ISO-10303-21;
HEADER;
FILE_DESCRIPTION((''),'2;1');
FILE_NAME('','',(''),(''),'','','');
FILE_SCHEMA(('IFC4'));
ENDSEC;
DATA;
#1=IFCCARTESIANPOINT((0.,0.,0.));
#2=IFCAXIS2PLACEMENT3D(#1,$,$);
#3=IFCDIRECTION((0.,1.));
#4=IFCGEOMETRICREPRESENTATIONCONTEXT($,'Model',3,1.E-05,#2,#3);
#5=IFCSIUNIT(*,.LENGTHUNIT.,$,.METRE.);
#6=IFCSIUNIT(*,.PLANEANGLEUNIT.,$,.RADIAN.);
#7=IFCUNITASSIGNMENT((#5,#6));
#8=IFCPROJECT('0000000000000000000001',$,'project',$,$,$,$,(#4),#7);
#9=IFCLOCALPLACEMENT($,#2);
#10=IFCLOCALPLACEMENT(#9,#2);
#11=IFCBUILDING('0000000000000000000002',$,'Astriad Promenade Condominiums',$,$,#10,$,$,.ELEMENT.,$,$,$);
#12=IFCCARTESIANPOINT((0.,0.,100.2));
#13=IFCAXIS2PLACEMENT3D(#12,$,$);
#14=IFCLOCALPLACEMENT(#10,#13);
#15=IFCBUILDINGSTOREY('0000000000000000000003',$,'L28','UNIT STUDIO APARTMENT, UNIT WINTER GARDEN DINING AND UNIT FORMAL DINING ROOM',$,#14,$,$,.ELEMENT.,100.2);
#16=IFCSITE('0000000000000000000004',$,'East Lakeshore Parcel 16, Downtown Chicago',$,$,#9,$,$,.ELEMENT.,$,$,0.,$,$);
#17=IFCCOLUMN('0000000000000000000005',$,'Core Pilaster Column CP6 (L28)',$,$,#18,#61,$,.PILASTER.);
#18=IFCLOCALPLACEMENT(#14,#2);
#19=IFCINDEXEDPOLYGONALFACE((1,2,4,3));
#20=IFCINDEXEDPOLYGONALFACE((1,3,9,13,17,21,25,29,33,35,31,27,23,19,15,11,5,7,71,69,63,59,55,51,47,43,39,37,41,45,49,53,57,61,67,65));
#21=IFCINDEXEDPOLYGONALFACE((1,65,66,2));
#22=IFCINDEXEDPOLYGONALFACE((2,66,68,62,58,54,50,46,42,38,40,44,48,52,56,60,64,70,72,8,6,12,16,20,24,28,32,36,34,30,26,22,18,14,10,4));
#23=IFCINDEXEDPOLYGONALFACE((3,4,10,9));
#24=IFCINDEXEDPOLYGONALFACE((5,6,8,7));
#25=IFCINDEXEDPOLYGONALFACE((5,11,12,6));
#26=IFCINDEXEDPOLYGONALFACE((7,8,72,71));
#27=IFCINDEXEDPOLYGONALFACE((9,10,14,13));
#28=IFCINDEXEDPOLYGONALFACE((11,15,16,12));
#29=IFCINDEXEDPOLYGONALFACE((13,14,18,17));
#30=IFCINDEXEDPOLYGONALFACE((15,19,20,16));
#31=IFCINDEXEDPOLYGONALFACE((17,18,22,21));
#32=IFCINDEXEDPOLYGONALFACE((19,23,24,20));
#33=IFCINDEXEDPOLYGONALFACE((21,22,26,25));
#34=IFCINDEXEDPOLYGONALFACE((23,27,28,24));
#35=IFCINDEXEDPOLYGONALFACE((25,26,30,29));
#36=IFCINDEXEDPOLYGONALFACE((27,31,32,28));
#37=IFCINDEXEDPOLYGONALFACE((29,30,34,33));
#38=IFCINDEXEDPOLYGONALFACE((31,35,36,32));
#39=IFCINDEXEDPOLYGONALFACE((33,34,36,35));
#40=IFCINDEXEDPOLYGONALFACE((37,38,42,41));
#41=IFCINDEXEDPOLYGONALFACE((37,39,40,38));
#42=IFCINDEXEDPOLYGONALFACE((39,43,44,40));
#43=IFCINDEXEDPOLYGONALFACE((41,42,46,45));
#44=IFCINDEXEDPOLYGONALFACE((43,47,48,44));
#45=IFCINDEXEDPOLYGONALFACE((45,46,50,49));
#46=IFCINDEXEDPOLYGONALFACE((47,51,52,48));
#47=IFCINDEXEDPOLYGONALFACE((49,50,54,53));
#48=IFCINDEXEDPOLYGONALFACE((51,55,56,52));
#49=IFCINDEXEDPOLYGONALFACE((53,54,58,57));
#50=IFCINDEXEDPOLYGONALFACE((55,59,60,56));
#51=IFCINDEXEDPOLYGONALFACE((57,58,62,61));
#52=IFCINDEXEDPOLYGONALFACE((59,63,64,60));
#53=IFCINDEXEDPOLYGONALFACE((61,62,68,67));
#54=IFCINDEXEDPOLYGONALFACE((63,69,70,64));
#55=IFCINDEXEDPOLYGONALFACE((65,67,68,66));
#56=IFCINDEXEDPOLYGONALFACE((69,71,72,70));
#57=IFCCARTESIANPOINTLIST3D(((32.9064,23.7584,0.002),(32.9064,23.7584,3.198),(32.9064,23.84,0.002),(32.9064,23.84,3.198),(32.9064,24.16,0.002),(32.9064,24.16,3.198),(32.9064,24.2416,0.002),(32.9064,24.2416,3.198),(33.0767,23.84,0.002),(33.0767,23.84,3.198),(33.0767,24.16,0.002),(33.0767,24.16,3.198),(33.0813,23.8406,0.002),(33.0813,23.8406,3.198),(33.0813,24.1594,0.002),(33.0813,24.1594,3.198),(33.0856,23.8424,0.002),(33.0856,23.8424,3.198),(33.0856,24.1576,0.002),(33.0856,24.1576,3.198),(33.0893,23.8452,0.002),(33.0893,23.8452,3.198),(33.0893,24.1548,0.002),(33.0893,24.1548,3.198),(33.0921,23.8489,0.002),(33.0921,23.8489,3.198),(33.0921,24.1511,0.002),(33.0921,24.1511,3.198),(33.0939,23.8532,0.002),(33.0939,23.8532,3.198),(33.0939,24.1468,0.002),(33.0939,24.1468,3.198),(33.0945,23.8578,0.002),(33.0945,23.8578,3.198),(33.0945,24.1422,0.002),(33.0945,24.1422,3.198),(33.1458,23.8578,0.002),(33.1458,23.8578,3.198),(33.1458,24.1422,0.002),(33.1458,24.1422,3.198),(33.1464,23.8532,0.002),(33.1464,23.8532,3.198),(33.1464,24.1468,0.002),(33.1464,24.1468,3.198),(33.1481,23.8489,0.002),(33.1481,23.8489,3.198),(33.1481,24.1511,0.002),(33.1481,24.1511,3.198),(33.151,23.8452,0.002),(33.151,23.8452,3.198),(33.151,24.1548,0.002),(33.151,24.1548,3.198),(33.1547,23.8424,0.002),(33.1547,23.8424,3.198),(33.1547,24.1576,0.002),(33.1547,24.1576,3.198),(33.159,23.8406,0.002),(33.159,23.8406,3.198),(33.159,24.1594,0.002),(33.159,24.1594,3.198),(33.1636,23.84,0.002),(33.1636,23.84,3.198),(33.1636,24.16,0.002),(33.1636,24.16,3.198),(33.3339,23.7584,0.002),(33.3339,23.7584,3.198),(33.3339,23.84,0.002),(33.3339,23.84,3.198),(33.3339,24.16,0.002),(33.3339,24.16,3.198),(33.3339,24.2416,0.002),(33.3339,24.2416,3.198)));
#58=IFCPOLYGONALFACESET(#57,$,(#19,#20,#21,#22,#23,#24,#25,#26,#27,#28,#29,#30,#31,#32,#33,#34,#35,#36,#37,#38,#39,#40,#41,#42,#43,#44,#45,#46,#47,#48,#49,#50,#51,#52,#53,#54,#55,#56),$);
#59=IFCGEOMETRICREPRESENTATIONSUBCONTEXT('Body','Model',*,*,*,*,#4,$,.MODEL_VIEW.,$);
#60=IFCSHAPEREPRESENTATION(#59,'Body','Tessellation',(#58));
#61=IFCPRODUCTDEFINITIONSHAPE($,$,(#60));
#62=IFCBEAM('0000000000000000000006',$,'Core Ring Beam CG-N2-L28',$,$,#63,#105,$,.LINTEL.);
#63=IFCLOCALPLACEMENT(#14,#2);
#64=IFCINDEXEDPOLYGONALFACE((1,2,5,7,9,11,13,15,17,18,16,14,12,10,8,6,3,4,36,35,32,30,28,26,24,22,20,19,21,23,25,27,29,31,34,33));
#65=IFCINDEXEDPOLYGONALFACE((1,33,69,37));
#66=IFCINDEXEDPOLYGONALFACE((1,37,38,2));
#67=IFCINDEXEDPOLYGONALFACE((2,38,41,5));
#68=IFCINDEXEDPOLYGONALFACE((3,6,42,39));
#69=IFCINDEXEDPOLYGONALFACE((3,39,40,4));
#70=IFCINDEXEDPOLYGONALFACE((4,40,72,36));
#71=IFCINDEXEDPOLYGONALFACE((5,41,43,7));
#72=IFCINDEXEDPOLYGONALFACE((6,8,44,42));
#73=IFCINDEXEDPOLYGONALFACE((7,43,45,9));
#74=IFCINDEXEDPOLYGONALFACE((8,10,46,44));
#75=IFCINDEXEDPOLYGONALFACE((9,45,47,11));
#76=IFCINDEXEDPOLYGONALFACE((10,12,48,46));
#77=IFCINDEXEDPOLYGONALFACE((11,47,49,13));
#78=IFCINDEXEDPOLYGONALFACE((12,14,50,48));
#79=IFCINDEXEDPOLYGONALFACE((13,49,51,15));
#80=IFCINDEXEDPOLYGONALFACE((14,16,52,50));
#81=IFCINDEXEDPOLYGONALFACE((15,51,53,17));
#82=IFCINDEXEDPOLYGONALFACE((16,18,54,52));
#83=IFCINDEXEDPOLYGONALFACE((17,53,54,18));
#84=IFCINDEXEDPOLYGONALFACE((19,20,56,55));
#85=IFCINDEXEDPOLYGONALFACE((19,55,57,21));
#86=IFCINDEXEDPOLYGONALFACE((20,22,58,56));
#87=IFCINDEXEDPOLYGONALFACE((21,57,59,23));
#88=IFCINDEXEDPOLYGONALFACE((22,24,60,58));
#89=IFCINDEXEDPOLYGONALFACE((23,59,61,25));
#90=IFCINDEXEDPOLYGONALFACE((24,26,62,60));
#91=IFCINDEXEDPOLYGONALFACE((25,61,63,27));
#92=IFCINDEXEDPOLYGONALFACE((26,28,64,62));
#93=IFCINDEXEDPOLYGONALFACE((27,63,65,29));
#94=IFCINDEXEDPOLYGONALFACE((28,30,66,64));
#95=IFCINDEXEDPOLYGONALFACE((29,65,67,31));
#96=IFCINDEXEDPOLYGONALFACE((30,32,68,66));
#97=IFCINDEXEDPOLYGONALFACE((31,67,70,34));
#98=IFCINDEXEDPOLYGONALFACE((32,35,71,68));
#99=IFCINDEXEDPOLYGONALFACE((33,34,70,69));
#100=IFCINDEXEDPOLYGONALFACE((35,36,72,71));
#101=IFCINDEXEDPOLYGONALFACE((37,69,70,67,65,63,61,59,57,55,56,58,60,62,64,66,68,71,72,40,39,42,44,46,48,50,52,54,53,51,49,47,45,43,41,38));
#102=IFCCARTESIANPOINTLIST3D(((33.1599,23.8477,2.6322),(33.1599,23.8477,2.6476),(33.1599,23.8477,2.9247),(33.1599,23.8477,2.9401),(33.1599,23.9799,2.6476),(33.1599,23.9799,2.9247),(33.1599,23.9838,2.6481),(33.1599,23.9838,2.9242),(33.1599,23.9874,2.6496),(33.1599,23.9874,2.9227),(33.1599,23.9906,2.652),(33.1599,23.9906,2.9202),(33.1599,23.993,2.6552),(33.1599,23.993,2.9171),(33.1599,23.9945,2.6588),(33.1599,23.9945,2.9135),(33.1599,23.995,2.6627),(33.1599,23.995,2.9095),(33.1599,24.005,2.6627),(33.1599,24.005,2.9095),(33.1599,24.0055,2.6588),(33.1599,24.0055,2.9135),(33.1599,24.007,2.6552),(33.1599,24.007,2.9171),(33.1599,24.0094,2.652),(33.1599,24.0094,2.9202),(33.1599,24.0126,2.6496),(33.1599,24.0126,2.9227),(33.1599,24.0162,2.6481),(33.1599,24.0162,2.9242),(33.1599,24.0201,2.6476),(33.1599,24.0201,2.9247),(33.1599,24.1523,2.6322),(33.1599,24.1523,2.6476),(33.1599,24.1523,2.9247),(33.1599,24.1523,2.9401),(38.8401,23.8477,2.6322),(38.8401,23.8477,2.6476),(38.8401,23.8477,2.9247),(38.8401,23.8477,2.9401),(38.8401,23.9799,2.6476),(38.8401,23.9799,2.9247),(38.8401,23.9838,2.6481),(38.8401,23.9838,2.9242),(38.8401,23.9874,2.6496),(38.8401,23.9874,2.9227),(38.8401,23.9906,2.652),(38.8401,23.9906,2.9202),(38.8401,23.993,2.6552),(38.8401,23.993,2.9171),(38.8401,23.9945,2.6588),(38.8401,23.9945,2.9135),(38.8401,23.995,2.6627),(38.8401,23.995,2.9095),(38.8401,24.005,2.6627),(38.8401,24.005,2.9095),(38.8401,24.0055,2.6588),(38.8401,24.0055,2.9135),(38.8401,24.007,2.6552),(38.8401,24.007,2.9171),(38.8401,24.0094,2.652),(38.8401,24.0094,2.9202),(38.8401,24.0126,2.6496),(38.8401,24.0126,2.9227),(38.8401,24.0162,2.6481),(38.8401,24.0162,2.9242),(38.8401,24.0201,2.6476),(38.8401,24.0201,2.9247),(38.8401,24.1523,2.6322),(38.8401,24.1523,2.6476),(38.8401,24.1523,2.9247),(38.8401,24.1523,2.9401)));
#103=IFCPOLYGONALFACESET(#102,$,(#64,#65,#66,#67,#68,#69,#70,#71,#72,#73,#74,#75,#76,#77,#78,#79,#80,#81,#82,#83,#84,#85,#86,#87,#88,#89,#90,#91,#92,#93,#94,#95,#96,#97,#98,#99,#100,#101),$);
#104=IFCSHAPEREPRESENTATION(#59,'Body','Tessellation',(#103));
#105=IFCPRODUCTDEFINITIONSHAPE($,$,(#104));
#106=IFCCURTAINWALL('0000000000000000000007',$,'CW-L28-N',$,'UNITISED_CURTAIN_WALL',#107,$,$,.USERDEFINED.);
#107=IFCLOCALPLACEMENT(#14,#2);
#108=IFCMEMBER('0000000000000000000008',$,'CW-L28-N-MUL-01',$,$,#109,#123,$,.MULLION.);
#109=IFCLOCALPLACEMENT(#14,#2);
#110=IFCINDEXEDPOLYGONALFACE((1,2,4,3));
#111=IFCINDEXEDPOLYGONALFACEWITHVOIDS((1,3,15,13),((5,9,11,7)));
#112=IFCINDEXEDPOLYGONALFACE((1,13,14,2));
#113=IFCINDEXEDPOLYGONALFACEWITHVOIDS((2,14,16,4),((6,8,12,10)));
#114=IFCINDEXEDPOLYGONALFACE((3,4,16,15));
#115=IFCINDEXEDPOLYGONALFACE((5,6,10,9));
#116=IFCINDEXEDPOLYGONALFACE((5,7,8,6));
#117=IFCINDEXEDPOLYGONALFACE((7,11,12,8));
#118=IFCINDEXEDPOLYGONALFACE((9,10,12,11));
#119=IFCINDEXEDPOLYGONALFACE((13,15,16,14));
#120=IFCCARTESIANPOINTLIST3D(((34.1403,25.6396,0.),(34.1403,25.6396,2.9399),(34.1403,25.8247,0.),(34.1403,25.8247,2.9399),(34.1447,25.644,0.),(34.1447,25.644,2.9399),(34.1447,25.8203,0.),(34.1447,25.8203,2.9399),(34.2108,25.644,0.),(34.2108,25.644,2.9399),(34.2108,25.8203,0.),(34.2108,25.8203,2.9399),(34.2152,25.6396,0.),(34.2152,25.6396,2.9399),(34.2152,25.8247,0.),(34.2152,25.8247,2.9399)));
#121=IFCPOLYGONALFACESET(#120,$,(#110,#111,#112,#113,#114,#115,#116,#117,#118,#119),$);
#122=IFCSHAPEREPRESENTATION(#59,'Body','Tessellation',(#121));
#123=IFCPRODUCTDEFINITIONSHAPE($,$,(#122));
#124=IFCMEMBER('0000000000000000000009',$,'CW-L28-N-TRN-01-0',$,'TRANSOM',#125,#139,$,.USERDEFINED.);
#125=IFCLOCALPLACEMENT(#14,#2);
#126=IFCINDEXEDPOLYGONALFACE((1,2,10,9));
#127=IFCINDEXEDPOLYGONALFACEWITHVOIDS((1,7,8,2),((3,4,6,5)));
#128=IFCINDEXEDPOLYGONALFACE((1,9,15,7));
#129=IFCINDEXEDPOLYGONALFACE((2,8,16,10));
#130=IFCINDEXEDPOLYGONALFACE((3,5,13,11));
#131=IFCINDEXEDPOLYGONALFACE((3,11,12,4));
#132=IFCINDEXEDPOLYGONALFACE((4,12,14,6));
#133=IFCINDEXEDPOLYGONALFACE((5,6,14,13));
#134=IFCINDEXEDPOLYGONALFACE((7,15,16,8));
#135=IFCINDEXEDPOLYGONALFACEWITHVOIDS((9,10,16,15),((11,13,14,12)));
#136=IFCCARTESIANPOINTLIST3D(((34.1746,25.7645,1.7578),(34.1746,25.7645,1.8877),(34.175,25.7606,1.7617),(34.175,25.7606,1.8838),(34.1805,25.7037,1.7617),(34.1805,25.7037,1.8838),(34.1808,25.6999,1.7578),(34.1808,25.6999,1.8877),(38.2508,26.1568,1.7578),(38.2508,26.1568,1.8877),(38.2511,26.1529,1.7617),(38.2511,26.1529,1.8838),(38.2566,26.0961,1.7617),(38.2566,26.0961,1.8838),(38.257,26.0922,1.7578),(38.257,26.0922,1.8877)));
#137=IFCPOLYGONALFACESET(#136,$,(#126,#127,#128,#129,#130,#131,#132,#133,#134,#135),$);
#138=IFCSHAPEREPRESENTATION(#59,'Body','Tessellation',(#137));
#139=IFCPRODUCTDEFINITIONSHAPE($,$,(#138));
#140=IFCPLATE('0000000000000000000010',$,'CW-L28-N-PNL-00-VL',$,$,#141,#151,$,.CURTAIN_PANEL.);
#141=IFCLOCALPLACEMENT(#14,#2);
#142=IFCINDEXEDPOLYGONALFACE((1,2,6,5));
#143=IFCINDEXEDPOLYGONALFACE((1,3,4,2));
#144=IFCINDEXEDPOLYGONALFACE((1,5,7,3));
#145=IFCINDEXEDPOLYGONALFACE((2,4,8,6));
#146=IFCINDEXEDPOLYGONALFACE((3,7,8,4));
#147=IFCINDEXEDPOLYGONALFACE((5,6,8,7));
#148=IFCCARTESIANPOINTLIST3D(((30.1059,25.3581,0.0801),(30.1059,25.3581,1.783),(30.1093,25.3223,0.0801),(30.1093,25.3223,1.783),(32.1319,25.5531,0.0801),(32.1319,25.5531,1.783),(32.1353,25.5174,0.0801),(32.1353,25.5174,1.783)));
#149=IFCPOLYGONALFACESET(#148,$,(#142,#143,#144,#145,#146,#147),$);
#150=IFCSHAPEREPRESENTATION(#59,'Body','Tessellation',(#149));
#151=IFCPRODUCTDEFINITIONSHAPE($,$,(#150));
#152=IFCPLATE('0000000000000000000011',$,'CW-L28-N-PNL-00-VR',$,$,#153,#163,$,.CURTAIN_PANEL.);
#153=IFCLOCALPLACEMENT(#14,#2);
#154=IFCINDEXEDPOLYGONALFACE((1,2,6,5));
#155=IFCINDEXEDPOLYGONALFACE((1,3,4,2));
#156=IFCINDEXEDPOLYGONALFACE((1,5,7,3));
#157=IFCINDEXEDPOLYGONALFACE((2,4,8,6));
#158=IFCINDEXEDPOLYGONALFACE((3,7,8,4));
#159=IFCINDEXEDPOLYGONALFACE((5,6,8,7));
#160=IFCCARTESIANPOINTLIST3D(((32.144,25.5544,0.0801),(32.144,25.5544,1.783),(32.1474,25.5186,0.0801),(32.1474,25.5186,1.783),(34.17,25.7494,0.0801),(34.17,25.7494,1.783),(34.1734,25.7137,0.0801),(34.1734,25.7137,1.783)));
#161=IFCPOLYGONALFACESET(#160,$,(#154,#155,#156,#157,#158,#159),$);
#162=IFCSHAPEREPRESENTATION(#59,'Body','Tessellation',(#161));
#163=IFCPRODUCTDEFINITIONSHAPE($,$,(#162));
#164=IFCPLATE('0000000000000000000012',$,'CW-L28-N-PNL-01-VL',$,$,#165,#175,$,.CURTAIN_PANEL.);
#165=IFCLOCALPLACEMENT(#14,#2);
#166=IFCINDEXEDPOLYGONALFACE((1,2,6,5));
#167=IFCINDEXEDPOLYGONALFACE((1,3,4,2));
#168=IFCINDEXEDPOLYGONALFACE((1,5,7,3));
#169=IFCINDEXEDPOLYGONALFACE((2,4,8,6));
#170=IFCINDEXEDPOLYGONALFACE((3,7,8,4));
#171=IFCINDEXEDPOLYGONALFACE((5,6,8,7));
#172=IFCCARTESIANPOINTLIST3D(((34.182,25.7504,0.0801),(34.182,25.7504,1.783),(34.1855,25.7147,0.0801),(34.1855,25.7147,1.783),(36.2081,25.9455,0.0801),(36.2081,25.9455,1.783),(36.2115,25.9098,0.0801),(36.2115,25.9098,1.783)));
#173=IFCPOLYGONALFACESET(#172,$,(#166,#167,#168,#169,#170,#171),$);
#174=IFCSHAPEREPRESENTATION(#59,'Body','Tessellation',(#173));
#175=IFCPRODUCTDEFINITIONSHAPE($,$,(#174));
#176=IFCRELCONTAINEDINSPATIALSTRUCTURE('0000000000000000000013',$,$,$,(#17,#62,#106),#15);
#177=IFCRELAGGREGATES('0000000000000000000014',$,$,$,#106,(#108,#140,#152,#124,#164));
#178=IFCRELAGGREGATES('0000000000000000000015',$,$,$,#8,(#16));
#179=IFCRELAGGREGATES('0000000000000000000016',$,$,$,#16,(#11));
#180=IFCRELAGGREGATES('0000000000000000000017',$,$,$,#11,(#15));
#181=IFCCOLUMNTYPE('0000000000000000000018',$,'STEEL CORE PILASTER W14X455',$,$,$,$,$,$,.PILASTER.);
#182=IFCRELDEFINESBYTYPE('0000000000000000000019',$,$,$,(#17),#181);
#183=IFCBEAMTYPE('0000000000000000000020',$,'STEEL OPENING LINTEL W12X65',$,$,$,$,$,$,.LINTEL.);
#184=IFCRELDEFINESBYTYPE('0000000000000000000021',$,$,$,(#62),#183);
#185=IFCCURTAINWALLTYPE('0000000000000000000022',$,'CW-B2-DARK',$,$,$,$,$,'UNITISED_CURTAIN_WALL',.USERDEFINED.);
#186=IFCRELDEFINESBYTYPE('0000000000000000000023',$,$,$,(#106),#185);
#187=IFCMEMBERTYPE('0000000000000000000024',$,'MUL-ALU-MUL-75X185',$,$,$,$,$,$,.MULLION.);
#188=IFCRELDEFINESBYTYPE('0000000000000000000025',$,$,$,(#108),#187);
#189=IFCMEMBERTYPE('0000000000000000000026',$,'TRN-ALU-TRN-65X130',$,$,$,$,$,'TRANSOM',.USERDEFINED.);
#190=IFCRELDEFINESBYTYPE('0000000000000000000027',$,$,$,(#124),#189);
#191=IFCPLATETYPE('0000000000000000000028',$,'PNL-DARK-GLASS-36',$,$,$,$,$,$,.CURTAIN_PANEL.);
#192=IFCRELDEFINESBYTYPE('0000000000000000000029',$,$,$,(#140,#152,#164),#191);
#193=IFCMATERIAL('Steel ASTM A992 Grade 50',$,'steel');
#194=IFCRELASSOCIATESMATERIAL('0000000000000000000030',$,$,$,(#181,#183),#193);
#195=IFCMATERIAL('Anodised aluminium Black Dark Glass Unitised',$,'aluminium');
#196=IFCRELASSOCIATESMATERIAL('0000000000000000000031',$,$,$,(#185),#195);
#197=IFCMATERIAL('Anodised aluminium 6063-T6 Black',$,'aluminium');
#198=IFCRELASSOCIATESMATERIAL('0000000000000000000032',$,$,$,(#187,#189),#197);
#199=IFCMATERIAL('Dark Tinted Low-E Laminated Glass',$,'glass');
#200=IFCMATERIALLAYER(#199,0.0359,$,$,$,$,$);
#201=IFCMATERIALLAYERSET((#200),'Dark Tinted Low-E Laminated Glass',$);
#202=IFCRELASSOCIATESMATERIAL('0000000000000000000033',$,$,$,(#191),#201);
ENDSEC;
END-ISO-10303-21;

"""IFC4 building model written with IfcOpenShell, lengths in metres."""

from ifc_helpers import new_model, si_unit, direction, frame, origin, origin_2d, place, context, subcontext, project, spatial, rectangle, hollow_rectangle, i_section, extrude, source, transform, mapped, material, layer, layer_set, material_profile, profile_set, type_object, type_shapes, element, aggregate, save


model = new_model("IFC4")

# Units and contexts
model_context = context("Model", 3, precision=1e-05, world=origin(), true_north=direction((0.0, 1.0)))
body_context = subcontext(model_context, "Body", "Model", "MODEL_VIEW")
ifc_project = project(units=[si_unit("LENGTHUNIT", "METRE"), si_unit("PLANEANGLEUNIT", "RADIAN")], contexts=[model_context])

# Site, building, storey
site_placement = place(None, origin())
site = spatial("IfcSite", under=ifc_project, at=site_placement, Name="East Lakeshore Parcel 16, Downtown Chicago", CompositionType="ELEMENT", RefElevation=0.0)
building_placement = place(site_placement, origin())
building = spatial("IfcBuilding", under=site, at=building_placement, Name="Astriad Promenade Condominiums", CompositionType="ELEMENT")
storey_placement = place(building_placement, frame((0.0, 0.0, 100.2)))
storey = spatial("IfcBuildingStorey", under=building, at=storey_placement, Name="L28", Description="UNIT STUDIO APARTMENT, UNIT WINTER GARDEN DINING AND UNIT FORMAL DINING ROOM", CompositionType="ELEMENT", Elevation=100.2)

# Column
ifc_material_1 = material(Name="Steel ASTM A992 Grade 50", Category="steel")
ifc_material_profile_1 = material_profile(ifc_material_1, i_section(OverallWidth=0.4275, OverallDepth=0.4832, WebThickness=0.0513, FlangeThickness=0.0815, FilletRadius=0.0178, at=origin_2d()), Name="W14X455")
ifc_profile_set_1 = profile_set([ifc_material_profile_1], Name="Steel ASTM A992 Grade 50")
column_type = type_object("IfcColumnType", Name="STEEL CORE PILASTER W14X455", PredefinedType="PILASTER", material=ifc_profile_set_1)
shared_shape_1 = source(origin(), body_context, "Body", "SweptSolid", [
    extrude(i_section(OverallWidth=0.4275, OverallDepth=0.4832, WebThickness=0.0513, FlangeThickness=0.0815, FilletRadius=0.0178, at=origin_2d()), origin(), (0.0, 0.0, 1.0), 3.196),
])
type_shapes(column_type, [shared_shape_1])
column_placement = place(storey_placement, frame((33.1201, 24.0, 0.002), z_axis=(0.0, 0.0, 1.0), x_axis=(1.0, 0.0, 0.0)))
element("IfcColumn", 1, at=column_placement, inside=storey, type_object=column_type, Name="Core Pilaster Column CP6 (L28)", PredefinedType="PILASTER", context=body_context, shape_type="MappedRepresentation", body=[
    mapped(shared_shape_1, transform((0.0, 0.0, 0.0), scale=1.0)),
])

# Beam
ifc_material_profile_2 = material_profile(ifc_material_1, i_section(OverallWidth=0.3047, OverallDepth=0.3079, WebThickness=0.01, FlangeThickness=0.0154, FilletRadius=0.0151, at=origin_2d()), Name="W12X65")
ifc_profile_set_2 = profile_set([ifc_material_profile_2], Name="Steel ASTM A992 Grade 50")
beam_type = type_object("IfcBeamType", Name="STEEL OPENING LINTEL W12X65", PredefinedType="LINTEL", material=ifc_profile_set_2)
shared_shape_2 = source(origin(), body_context, "Body", "SweptSolid", [
    extrude(i_section(OverallWidth=0.3047, OverallDepth=0.3079, WebThickness=0.01, FlangeThickness=0.0154, FilletRadius=0.0151, at=origin_2d()), origin(), (0.0, 0.0, 1.0), 5.6802),
])
type_shapes(beam_type, [shared_shape_2])
beam_placement = place(storey_placement, frame((33.1599, 24.0, 2.7861), z_axis=(1.0, 0.0, 0.0), x_axis=(0.0, 1.0, 0.0)))
element("IfcBeam", 2, at=beam_placement, inside=storey, type_object=beam_type, Name="Core Ring Beam CG-N2-L28", PredefinedType="LINTEL", context=body_context, shape_type="MappedRepresentation", body=[
    mapped(shared_shape_2, transform((0.0, 0.0, 0.0), scale=1.0)),
])

# Curtain wall, members, plates
ifc_material_2 = material(Name="Anodised aluminium Black Dark Glass Unitised", Category="aluminium")
curtain_wall_type = type_object("IfcCurtainWallType", Name="CW-B2-DARK", ElementType="UNITISED_CURTAIN_WALL", PredefinedType="USERDEFINED", material=ifc_material_2)
curtain_wall_placement = place(storey_placement, origin())
curtain_wall = element("IfcCurtainWall", 3, at=curtain_wall_placement, inside=storey, type_object=curtain_wall_type, Name="CW-L28-N", ObjectType="UNITISED_CURTAIN_WALL", PredefinedType="USERDEFINED")
ifc_material_3 = material(Name="Anodised aluminium 6063-T6 Black", Category="aluminium")
ifc_material_profile_3 = material_profile(ifc_material_3, hollow_rectangle(XDim=0.075, YDim=0.1851, WallThickness=0.0044, at=origin_2d()), Name="ALU-MUL-75X185")
ifc_profile_set_3 = profile_set([ifc_material_profile_3], Name="Anodised aluminium 6063-T6 Black")
member_type_1 = type_object("IfcMemberType", Name="MUL-ALU-MUL-75X185", PredefinedType="MULLION", material=ifc_profile_set_3)
shared_shape_3 = source(origin(), body_context, "Body", "SweptSolid", [
    extrude(hollow_rectangle(XDim=0.075, YDim=0.1851, WallThickness=0.0044, at=origin_2d()), origin(), (0.0, 0.0, 1.0), 2.9399),
])
type_shapes(member_type_1, [shared_shape_3])
member_1_placement = place(storey_placement, frame((34.1777, 25.7322, 0.0), z_axis=(0.0, 0.0, 1.0), x_axis=(1.0, 0.0, 0.0)))
member_1 = element("IfcMember", 4, at=member_1_placement, type_object=member_type_1, Name="CW-L28-N-MUL-01", PredefinedType="MULLION", context=body_context, shape_type="MappedRepresentation", body=[
    mapped(shared_shape_3, transform((0.0, 0.0, 0.0), scale=1.0)),
])
ifc_material_profile_4 = material_profile(ifc_material_3, hollow_rectangle(XDim=0.0649, YDim=0.1299, WallThickness=0.0039, at=origin_2d()), Name="ALU-TRN-65X130")
ifc_profile_set_4 = profile_set([ifc_material_profile_4], Name="Anodised aluminium 6063-T6 Black")
member_type_2 = type_object("IfcMemberType", Name="TRN-ALU-TRN-65X130", ElementType="TRANSOM", PredefinedType="USERDEFINED", material=ifc_profile_set_4)
shared_shape_4 = source(origin(), body_context, "Body", "SweptSolid", [
    extrude(hollow_rectangle(XDim=0.0649, YDim=0.1299, WallThickness=0.0039, at=origin_2d()), origin(), (0.0, 0.0, 1.0), 4.095),
])
type_shapes(member_type_2, [shared_shape_4])
member_2_placement = place(storey_placement, frame((34.1777, 25.7322, 1.8228), z_axis=(0.9954, 0.095808, 0.0), x_axis=(-0.095808, 0.9954, 0.0)))
member_2 = element("IfcMember", 5, at=member_2_placement, type_object=member_type_2, Name="CW-L28-N-TRN-01-0", ObjectType="TRANSOM", PredefinedType="USERDEFINED", context=body_context, shape_type="MappedRepresentation", body=[
    mapped(shared_shape_4, transform((0.0, 0.0, 0.0), scale=1.0)),
])
ifc_material_4 = material(Name="Dark Tinted Low-E Laminated Glass", Category="glass")
ifc_layer_1 = layer(ifc_material_4, 0.0359)
ifc_layer_set_1 = layer_set([ifc_layer_1], Name="Dark Tinted Low-E Laminated Glass")
plate_type = type_object("IfcPlateType", Name="PNL-DARK-GLASS-36", PredefinedType="CURTAIN_PANEL", material=ifc_layer_set_1)
shared_shape_5 = source(origin(), body_context, "Body", "SweptSolid", [
    extrude(rectangle(XDim=2.0354, YDim=0.0359, at=origin_2d()), origin(), (0.0, 0.0, 1.0), 1.7029),
])
plate_1_placement = place(storey_placement, frame((31.1206, 25.4377, 0.0801), z_axis=(0.0, 0.0, 1.0), x_axis=(0.995396, 0.095846, 0.0)))
plate_1 = element("IfcPlate", 6, at=plate_1_placement, type_object=plate_type, Name="CW-L28-N-PNL-00-VL", PredefinedType="CURTAIN_PANEL", context=body_context, shape_type="MappedRepresentation", body=[
    mapped(shared_shape_5, transform((0.0, 0.0, 0.0), scale=1.0)),
])
plate_2_placement = place(storey_placement, frame((33.1587, 25.634, 0.0801), z_axis=(0.0, 0.0, 1.0), x_axis=(0.995396, 0.095846, 0.0)))
plate_2 = element("IfcPlate", 7, at=plate_2_placement, type_object=plate_type, Name="CW-L28-N-PNL-00-VR", PredefinedType="CURTAIN_PANEL", context=body_context, shape_type="MappedRepresentation", body=[
    mapped(shared_shape_5, transform((0.0, 0.0, 0.0), scale=1.0)),
])
plate_3_placement = place(storey_placement, frame((35.1968, 25.8301, 0.0801), z_axis=(0.0, 0.0, 1.0), x_axis=(0.995396, 0.095846, 0.0)))
plate_3 = element("IfcPlate", 8, at=plate_3_placement, type_object=plate_type, Name="CW-L28-N-PNL-01-VL", PredefinedType="CURTAIN_PANEL", context=body_context, shape_type="MappedRepresentation", body=[
    mapped(shared_shape_5, transform((0.0, 0.0, 0.0), scale=1.0)),
])
aggregate(curtain_wall, [member_1, plate_1, plate_2, member_2, plate_3])

save(model, "model.ifc")
